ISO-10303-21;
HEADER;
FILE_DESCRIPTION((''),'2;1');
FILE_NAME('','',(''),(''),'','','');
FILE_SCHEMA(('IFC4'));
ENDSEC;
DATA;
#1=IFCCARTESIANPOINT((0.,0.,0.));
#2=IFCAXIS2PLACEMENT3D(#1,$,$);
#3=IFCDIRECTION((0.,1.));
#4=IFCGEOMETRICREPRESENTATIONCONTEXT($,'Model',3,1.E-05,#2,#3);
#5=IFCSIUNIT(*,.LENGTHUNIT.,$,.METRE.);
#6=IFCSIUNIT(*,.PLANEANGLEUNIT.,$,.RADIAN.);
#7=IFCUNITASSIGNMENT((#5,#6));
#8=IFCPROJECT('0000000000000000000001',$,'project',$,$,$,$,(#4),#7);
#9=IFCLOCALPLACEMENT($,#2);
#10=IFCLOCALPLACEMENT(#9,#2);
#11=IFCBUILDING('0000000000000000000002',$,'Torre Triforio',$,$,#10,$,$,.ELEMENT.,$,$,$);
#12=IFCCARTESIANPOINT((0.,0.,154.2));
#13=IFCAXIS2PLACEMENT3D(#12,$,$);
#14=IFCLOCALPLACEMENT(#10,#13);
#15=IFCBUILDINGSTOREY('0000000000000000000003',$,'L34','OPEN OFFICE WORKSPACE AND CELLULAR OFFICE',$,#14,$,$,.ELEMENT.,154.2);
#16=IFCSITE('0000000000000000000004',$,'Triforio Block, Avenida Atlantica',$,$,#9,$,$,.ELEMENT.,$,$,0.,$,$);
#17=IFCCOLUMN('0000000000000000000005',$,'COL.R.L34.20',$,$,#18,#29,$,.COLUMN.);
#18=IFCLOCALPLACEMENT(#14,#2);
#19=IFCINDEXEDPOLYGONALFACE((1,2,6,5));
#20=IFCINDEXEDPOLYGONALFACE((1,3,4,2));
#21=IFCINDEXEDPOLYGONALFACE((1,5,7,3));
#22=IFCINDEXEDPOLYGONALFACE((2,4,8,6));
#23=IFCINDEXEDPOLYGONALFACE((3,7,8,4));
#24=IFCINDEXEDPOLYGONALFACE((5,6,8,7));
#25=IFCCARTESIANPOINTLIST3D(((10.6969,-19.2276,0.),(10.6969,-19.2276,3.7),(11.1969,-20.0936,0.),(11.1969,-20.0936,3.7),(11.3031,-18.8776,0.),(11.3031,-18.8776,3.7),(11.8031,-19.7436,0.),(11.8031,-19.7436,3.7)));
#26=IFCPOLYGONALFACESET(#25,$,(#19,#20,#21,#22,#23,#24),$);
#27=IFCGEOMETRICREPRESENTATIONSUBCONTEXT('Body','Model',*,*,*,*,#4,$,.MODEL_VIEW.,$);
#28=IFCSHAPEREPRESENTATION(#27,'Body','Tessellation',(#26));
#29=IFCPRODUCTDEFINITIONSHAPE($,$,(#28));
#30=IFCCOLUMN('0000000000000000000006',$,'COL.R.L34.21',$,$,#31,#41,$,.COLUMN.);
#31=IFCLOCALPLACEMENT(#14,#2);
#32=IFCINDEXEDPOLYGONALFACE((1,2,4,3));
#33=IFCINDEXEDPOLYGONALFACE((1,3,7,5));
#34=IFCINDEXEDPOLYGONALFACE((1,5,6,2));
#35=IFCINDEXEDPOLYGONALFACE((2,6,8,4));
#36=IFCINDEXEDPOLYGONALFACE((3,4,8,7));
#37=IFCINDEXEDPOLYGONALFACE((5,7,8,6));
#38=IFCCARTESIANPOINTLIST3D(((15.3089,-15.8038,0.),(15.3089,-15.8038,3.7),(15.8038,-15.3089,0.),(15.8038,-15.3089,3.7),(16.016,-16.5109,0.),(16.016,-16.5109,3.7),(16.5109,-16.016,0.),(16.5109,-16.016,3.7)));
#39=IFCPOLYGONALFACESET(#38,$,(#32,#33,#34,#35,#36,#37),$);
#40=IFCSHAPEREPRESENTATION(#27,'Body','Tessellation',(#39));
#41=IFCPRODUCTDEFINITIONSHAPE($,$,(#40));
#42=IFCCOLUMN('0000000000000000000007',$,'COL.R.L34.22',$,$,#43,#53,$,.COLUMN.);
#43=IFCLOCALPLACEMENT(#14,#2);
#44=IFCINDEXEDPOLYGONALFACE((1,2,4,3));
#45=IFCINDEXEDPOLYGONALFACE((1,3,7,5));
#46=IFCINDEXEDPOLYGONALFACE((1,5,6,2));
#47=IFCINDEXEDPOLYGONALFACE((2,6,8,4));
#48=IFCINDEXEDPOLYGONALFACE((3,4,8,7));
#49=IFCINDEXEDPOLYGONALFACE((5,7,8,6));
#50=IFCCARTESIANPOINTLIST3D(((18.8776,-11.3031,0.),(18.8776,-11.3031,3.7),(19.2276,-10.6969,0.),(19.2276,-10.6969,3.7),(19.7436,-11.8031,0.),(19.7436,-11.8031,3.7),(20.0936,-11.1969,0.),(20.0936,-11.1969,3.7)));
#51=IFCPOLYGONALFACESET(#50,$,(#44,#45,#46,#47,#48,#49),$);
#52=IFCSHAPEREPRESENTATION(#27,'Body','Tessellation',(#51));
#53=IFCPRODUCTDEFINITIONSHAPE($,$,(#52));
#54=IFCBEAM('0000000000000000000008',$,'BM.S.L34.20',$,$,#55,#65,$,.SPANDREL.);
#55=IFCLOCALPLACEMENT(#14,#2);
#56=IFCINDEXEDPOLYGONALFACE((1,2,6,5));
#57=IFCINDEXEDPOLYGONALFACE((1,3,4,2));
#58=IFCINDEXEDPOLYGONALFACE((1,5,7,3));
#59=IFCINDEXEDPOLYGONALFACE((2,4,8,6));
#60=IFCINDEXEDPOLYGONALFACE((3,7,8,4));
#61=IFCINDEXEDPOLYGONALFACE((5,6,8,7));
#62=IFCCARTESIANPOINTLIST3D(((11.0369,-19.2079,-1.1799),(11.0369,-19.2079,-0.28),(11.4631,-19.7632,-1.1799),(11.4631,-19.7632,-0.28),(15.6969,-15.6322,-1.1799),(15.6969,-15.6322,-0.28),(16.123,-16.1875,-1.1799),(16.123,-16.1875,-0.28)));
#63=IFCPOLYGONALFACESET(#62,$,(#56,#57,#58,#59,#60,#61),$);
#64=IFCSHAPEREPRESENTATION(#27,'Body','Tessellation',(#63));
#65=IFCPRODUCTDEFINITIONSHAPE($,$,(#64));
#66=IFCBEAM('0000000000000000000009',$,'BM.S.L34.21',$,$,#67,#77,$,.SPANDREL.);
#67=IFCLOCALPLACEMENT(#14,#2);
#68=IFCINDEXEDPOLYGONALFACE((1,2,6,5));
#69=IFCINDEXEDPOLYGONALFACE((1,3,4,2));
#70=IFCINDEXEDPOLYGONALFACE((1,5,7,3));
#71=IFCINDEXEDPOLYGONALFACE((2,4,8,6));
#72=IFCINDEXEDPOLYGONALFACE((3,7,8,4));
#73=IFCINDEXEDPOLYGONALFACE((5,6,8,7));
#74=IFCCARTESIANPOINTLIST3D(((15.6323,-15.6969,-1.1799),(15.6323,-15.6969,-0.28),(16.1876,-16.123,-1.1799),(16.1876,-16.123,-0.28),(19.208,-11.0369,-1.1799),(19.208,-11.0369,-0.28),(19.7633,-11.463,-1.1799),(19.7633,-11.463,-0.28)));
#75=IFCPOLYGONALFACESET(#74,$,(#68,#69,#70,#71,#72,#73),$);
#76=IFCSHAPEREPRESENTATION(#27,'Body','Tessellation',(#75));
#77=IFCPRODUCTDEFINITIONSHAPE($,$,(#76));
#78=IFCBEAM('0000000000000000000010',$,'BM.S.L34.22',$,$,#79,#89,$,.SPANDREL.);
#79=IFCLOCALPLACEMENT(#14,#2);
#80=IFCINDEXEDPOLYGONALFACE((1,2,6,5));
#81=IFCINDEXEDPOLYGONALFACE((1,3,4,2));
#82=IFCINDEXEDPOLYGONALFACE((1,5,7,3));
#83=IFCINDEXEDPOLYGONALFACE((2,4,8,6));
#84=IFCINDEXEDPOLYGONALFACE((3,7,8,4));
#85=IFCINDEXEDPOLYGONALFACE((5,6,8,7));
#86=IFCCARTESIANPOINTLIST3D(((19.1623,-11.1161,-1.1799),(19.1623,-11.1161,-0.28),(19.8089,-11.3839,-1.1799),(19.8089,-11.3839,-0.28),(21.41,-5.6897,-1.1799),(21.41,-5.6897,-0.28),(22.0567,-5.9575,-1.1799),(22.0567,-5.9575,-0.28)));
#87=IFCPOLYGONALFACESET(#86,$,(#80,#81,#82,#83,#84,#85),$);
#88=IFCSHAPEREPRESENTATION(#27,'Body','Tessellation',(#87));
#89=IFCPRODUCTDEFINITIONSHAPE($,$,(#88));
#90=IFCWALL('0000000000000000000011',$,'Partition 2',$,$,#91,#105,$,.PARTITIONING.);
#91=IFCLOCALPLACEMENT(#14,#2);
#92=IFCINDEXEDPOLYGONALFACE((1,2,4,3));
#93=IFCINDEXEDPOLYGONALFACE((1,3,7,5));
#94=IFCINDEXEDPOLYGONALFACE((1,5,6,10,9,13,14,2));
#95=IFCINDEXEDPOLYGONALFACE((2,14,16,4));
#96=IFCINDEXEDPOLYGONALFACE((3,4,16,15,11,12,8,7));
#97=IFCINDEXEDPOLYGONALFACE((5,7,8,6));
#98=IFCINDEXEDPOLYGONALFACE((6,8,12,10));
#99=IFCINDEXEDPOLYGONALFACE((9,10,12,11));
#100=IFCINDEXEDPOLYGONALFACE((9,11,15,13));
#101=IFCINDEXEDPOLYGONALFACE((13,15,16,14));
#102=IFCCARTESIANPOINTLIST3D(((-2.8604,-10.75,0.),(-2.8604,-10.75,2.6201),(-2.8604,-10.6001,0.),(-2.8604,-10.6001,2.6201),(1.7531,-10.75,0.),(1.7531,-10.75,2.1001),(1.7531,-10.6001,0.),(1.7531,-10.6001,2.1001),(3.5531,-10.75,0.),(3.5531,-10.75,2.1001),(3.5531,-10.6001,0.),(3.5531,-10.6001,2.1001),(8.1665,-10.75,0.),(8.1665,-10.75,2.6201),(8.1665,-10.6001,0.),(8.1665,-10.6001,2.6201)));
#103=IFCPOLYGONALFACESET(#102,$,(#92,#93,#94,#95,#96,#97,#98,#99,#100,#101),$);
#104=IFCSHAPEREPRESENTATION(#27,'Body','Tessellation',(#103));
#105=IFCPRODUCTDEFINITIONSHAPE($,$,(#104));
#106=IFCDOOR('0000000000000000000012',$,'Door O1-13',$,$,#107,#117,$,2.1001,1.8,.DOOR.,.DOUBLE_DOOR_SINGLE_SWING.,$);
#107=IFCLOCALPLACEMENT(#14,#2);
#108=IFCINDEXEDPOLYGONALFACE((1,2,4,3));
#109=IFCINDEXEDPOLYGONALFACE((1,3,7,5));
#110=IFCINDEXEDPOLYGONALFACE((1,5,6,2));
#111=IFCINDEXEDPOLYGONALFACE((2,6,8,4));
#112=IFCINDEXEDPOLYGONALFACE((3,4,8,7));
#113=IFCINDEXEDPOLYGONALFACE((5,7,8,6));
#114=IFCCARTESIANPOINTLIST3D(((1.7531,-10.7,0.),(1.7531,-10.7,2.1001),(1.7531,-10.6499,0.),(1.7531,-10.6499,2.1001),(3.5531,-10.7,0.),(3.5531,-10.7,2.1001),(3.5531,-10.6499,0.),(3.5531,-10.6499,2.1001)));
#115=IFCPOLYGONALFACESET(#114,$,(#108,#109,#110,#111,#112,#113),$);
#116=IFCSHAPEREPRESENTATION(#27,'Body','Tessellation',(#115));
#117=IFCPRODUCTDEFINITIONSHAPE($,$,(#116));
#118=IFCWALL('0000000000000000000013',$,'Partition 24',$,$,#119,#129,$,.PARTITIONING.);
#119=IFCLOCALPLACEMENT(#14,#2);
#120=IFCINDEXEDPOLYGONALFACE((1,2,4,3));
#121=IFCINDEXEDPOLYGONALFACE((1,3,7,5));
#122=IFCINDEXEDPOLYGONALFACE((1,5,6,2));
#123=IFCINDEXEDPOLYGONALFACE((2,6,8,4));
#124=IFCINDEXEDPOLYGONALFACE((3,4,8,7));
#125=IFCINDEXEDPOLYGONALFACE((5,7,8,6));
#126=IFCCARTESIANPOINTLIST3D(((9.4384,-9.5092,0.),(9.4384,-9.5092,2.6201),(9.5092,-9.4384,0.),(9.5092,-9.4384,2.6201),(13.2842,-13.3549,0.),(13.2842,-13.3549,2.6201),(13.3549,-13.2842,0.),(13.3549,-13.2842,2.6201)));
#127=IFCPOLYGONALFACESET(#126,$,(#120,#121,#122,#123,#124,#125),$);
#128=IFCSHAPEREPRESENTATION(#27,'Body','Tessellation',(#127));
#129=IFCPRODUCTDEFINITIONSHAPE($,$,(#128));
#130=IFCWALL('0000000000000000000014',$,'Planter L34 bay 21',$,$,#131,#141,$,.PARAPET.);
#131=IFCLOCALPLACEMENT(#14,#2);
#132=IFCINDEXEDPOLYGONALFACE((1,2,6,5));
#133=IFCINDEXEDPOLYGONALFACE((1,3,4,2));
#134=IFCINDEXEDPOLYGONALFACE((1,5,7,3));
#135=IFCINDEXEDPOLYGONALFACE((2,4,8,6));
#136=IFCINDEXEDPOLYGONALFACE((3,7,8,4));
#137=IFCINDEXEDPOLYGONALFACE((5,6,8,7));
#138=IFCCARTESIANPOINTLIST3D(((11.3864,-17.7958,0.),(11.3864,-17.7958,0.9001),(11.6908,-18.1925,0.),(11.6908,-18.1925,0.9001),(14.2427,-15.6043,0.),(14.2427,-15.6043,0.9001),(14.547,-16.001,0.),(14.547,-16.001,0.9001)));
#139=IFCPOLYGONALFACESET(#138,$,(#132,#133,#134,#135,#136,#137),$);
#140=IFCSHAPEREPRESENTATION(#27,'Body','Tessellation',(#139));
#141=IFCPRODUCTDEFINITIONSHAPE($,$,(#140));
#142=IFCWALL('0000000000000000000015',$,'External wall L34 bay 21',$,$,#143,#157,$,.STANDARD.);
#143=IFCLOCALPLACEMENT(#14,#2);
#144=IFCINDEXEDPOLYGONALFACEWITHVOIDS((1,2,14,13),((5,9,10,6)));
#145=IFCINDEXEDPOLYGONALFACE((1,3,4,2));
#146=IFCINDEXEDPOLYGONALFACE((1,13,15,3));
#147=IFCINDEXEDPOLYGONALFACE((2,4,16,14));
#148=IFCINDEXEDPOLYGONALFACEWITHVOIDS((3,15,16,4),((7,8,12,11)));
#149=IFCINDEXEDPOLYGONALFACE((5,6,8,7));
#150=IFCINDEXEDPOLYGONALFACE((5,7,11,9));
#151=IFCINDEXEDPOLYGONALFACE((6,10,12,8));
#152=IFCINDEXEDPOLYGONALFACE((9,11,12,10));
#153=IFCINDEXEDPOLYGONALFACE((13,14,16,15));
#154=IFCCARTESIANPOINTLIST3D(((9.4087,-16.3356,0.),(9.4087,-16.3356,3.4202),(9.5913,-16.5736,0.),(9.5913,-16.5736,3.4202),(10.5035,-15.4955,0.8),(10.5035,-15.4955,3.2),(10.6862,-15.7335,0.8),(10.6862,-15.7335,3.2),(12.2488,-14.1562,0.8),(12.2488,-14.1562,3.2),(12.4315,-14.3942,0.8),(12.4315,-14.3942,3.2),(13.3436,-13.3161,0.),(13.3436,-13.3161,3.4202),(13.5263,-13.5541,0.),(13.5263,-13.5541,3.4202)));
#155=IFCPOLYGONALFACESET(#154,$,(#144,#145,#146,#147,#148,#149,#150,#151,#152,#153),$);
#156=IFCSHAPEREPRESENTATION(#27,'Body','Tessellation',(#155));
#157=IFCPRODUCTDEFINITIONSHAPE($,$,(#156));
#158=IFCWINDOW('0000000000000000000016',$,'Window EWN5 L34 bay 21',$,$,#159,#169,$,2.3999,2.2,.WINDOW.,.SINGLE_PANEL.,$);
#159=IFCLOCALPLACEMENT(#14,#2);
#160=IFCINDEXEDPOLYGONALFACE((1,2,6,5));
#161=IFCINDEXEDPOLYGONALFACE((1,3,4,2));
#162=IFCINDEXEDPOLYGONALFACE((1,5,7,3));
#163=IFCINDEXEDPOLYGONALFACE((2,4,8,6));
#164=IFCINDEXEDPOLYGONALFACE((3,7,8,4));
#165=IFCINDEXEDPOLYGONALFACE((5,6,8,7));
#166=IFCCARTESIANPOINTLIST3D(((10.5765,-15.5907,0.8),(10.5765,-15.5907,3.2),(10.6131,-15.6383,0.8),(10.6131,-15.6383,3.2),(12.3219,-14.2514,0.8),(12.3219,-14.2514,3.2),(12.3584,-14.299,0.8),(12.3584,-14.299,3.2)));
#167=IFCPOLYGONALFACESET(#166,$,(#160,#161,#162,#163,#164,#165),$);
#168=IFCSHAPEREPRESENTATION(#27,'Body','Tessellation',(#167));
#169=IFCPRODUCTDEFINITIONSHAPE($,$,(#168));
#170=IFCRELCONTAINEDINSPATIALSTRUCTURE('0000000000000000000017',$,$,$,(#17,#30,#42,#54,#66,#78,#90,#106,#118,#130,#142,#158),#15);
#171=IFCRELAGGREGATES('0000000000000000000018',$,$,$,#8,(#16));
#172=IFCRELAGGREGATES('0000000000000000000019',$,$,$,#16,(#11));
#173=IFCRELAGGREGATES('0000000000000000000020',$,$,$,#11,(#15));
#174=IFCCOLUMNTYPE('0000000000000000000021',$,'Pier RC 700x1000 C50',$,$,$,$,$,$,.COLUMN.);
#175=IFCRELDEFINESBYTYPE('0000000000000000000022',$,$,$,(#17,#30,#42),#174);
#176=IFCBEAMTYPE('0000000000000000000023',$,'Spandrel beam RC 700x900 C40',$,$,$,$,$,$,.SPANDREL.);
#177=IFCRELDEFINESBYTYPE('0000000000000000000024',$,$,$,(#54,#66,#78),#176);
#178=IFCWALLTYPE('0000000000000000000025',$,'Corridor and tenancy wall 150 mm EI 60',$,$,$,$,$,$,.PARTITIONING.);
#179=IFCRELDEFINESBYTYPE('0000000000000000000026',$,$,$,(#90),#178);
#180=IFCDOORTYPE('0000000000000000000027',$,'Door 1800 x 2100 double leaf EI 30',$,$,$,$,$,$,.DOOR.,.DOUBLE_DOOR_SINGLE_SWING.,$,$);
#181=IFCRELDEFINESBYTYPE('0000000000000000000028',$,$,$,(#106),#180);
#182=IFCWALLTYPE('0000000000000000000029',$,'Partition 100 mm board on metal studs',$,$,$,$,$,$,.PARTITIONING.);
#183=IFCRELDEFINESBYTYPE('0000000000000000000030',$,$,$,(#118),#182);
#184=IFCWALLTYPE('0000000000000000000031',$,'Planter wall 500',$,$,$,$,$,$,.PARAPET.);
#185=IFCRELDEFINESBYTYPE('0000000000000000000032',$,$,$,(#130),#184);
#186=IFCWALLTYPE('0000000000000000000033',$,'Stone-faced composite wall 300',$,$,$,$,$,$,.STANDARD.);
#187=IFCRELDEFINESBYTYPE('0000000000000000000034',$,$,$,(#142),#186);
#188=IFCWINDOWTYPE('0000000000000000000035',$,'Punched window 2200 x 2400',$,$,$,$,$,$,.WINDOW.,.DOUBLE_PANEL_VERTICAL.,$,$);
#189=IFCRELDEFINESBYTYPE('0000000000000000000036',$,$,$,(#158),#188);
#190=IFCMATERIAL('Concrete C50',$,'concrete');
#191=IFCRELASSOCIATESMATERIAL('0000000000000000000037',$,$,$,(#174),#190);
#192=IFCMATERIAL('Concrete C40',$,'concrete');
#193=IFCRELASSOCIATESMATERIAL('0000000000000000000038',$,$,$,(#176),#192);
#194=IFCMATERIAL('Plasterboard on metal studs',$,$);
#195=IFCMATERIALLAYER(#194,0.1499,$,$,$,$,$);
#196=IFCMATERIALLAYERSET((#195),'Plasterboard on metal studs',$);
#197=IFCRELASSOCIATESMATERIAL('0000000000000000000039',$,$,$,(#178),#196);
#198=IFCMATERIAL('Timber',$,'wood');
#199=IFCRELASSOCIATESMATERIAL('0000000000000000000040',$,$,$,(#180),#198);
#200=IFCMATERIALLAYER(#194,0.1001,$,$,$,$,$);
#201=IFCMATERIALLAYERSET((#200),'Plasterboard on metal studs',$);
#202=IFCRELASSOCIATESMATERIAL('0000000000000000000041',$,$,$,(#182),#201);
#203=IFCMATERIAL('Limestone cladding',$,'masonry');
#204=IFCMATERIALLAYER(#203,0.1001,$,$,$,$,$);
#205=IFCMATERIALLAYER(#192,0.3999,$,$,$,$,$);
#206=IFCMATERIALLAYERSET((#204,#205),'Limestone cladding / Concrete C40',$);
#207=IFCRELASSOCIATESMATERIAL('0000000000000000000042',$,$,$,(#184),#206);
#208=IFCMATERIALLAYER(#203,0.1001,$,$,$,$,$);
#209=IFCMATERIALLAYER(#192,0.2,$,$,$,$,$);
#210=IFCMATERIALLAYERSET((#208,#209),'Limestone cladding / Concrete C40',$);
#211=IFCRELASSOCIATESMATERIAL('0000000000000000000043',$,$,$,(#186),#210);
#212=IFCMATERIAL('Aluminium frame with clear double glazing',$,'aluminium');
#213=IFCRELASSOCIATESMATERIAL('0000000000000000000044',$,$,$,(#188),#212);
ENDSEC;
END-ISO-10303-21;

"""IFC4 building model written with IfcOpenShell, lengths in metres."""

from ifc_helpers import new_model, si_unit, direction, frame, frame_2d, origin, origin_2d, place, context, subcontext, project, spatial, rectangle, extrude, material, layer, layer_set, material_profile, profile_set, type_object, element, fill, save


model = new_model("IFC4")

# Units and contexts
model_context = context("Model", 3, precision=1e-05, world=origin(), true_north=direction((0.0, 1.0)))
body_context = subcontext(model_context, "Body", "Model", "MODEL_VIEW")
ifc_project = project(units=[si_unit("LENGTHUNIT", "METRE"), si_unit("PLANEANGLEUNIT", "RADIAN")], contexts=[model_context])

# Site, building, storey
site_placement = place(None, origin())
site = spatial("IfcSite", under=ifc_project, at=site_placement, Name="Triforio Block, Avenida Atlantica", CompositionType="ELEMENT", RefElevation=0.0)
building_placement = place(site_placement, origin())
building = spatial("IfcBuilding", under=site, at=building_placement, Name="Torre Triforio", CompositionType="ELEMENT")
storey_placement = place(building_placement, frame((0.0, 0.0, 154.2)))
storey = spatial("IfcBuildingStorey", under=building, at=storey_placement, Name="L34", Description="OPEN OFFICE WORKSPACE AND CELLULAR OFFICE", CompositionType="ELEMENT", Elevation=154.2)

# Columns
ifc_material_1 = material(Name="Concrete C50", Category="concrete")
ifc_material_profile_1 = material_profile(ifc_material_1, rectangle(XDim=0.7, YDim=1.0, at=origin_2d()), Name="RC 700x1000")
ifc_profile_set_1 = profile_set([ifc_material_profile_1], Name="Concrete C50")
column_type = type_object("IfcColumnType", Name="Pier RC 700x1000 C50", PredefinedType="COLUMN", material=ifc_profile_set_1)
for number, where, z_axis, x_axis, name in (
    (1, (11.25, -19.4856, 0.0), (0.0, 0.0, 1.0), (0.866025, 0.5, 0.0), "COL.R.L34.20"),
    (2, (15.9099, -15.9099, 0.0), (0.0, 0.0, 1.0), (0.707107, 0.707107, 0.0), "COL.R.L34.21"),
    (3, (19.4856, -11.25, 0.0), (0.0, 0.0, 1.0), (0.5, 0.866025, 0.0), "COL.R.L34.22"),
):
    element("IfcColumn", number, at=place(storey_placement, frame(where, z_axis=z_axis, x_axis=x_axis)), inside=storey, type_object=column_type, Name=name, PredefinedType="COLUMN", context=body_context, shape_type="SweptSolid", body=[
        extrude(rectangle(XDim=0.7, YDim=1.0, at=origin_2d()), origin(), (0.0, 0.0, 1.0), 3.7),
    ])

# Beams
ifc_material_2 = material(Name="Concrete C40", Category="concrete")
ifc_material_profile_2 = material_profile(ifc_material_2, rectangle(XDim=0.7, YDim=0.8999, at=origin_2d()), Name="RC 700x900")
ifc_profile_set_2 = profile_set([ifc_material_profile_2], Name="Concrete C40")
beam_type = type_object("IfcBeamType", Name="Spandrel beam RC 700x900 C40", PredefinedType="SPANDREL", material=ifc_profile_set_2)
for number, where, z_axis, x_axis, name in (
    (4, (11.25, -19.4856, -0.73), (0.793353, 0.608762, 0.0), (-0.608762, 0.793353, 0.0), "BM.S.L34.20"),
    (5, (15.9099, -15.9099, -0.73), (0.608762, 0.793353, 0.0), (-0.793353, 0.608762, 0.0), "BM.S.L34.21"),
):
    element("IfcBeam", number, at=place(storey_placement, frame(where, z_axis=z_axis, x_axis=x_axis)), inside=storey, type_object=beam_type, Name=name, PredefinedType="SPANDREL", context=body_context, shape_type="SweptSolid", body=[
        extrude(rectangle(XDim=0.7, YDim=0.8999, at=origin_2d()), origin(), (0.0, 0.0, 1.0), 5.8738),
    ])
beam_placement = place(storey_placement, frame((19.4856, -11.25, -0.73), z_axis=(0.382693, 0.923875, 0.0), x_axis=(-0.923875, 0.382693, 0.0)))
element("IfcBeam", 6, at=beam_placement, inside=storey, type_object=beam_type, Name="BM.S.L34.22", PredefinedType="SPANDREL", context=body_context, shape_type="SweptSolid", body=[
    extrude(rectangle(XDim=0.7, YDim=0.8999, at=origin_2d()), origin(), (0.0, 0.0, 1.0), 5.8735),
])

# Wall, opening, door
ifc_material_3 = material(Name="Plasterboard on metal studs")
ifc_layer_1 = layer(ifc_material_3, 0.1499)
ifc_layer_set_1 = layer_set([ifc_layer_1], Name="Plasterboard on metal studs")
wall_type_1 = type_object("IfcWallType", Name="Corridor and tenancy wall 150 mm EI 60", PredefinedType="PARTITIONING", material=ifc_layer_set_1)
wall_1_placement = place(storey_placement, frame((8.1665, -10.675, 0.0), z_axis=(0.0, 0.0, 1.0), x_axis=(-1.0, 0.0, 0.0)))
wall_1 = element("IfcWall", 7, at=wall_1_placement, inside=storey, type_object=wall_type_1, Name="Partition 2", PredefinedType="PARTITIONING", context=body_context, shape_type="SweptSolid", body=[
    extrude(rectangle(XDim=11.0269, YDim=0.1499, at=frame_2d((5.5134, 0.0))), origin(), (0.0, 0.0, 1.0), 2.6201),
])
opening_1_placement = place(wall_1_placement, frame((4.6135, 0.0, 0.0)))
opening_1 = element("IfcOpeningElement", 8, at=opening_1_placement, cuts=wall_1, PredefinedType="OPENING", context=body_context, shape_type="SweptSolid", body=[
    extrude(rectangle(XDim=1.8, YDim=2.1001, at=frame_2d((0.8999, 1.05))), frame((0.0, 0.085, 0.0), z_axis=(0.0, -1.0, 0.0), x_axis=(1.0, 0.0, 0.0)), (0.0, 0.0, 1.0), 0.1699),
])
ifc_material_4 = material(Name="Timber", Category="wood")
door_type_1 = type_object("IfcDoorType", Name="Door 1800 x 2100 double leaf EI 30", OperationType="DOUBLE_DOOR_SINGLE_SWING", PredefinedType="DOOR", material=ifc_material_4)
door_1_placement = place(opening_1_placement, origin())
door_1 = element("IfcDoor", 9, at=door_1_placement, inside=storey, type_object=door_type_1, Name="Door O1-13", OperationType="DOUBLE_DOOR_SINGLE_SWING", OverallHeight=2.1001, OverallWidth=1.8, PredefinedType="DOOR", context=body_context, shape_type="SweptSolid", body=[
    extrude(rectangle(XDim=1.8, YDim=2.1001, at=frame_2d((0.8999, 1.05))), frame((0.0, 0.0249, 0.0), z_axis=(0.0, -1.0, 0.0), x_axis=(1.0, 0.0, 0.0)), (0.0, 0.0, 1.0), 0.05),
])
fill(opening_1, door_1)

# Walls
ifc_layer_2 = layer(ifc_material_3, 0.1001)
ifc_layer_set_2 = layer_set([ifc_layer_2], Name="Plasterboard on metal studs")
wall_type_2 = type_object("IfcWallType", Name="Partition 100 mm board on metal studs", PredefinedType="PARTITIONING", material=ifc_layer_set_2)
wall_2_placement = place(storey_placement, frame((9.4739, -9.4739, 0.0), z_axis=(0.0, 0.0, 1.0), x_axis=(0.707107, -0.707107, 0.0)))
element("IfcWall", 10, at=wall_2_placement, inside=storey, type_object=wall_type_2, Name="Partition 24", PredefinedType="PARTITIONING", context=body_context, shape_type="SweptSolid", body=[
    extrude(rectangle(XDim=5.4387, YDim=0.1001, at=frame_2d((2.7192, 0.0))), origin(), (0.0, 0.0, 1.0), 2.6201),
])
ifc_material_5 = material(Name="Limestone cladding", Category="masonry")
ifc_layer_3 = layer(ifc_material_5, 0.1001)
ifc_layer_4 = layer(ifc_material_2, 0.3999)
ifc_layer_set_3 = layer_set([ifc_layer_3, ifc_layer_4], Name="Limestone cladding / Concrete C40")
wall_type_3 = type_object("IfcWallType", Name="Planter wall 500", PredefinedType="PARAPET", material=ifc_layer_set_3)
wall_3_placement = place(storey_placement, frame((11.5386, -17.9941, 0.0), z_axis=(0.0, 0.0, 1.0), x_axis=(0.793385, 0.608721, 0.0)))
element("IfcWall", 11, at=wall_3_placement, inside=storey, type_object=wall_type_3, Name="Planter L34 bay 21", PredefinedType="PARAPET", context=body_context, shape_type="SweptSolid", body=[
    extrude(rectangle(XDim=3.6001, YDim=0.5, at=frame_2d((1.8, 0.0))), origin(), (0.0, 0.0, 1.0), 0.9001),
])

# Wall, opening, window
ifc_layer_5 = layer(ifc_material_5, 0.1001)
ifc_layer_6 = layer(ifc_material_2, 0.2)
ifc_layer_set_4 = layer_set([ifc_layer_5, ifc_layer_6], Name="Limestone cladding / Concrete C40")
wall_type_4 = type_object("IfcWallType", Name="Stone-faced composite wall 300", PredefinedType="STANDARD", material=ifc_layer_set_4)
wall_4_placement = place(storey_placement, frame((9.5, -16.4546, 0.0), z_axis=(0.0, 0.0, 1.0), x_axis=(0.793348, 0.608768, 0.0)))
wall_4 = element("IfcWall", 12, at=wall_4_placement, inside=storey, type_object=wall_type_4, Name="External wall L34 bay 21", PredefinedType="STANDARD", context=body_context, shape_type="SweptSolid", body=[
    extrude(rectangle(XDim=4.96, YDim=0.3, at=frame_2d((2.48, 0.0))), origin(), (0.0, 0.0, 1.0), 3.4202),
])
opening_2_placement = place(wall_4_placement, frame((1.3799, 0.0, 0.8)))
opening_2 = element("IfcOpeningElement", 13, at=opening_2_placement, cuts=wall_4, PredefinedType="OPENING", context=body_context, shape_type="SweptSolid", body=[
    extrude(rectangle(XDim=2.2, YDim=2.3999, at=frame_2d((1.1001, 1.2))), frame((0.0, 0.1599, 0.0), z_axis=(0.0, -1.0, 0.0), x_axis=(1.0, 0.0, 0.0)), (0.0, 0.0, 1.0), 0.3201),
])
ifc_material_6 = material(Name="Aluminium frame with clear double glazing", Category="aluminium")
window_type_1 = type_object("IfcWindowType", Name="Punched window 2200 x 2400", PartitioningType="DOUBLE_PANEL_VERTICAL", PredefinedType="WINDOW", material=ifc_material_6)
window_1_placement = place(opening_2_placement, origin())
window_1 = element("IfcWindow", 14, at=window_1_placement, inside=storey, type_object=window_type_1, Name="Window EWN5 L34 bay 21", OverallHeight=2.3999, OverallWidth=2.2, PartitioningType="SINGLE_PANEL", PredefinedType="WINDOW", context=body_context, shape_type="SweptSolid", body=[
    extrude(rectangle(XDim=2.2, YDim=2.3999, at=frame_2d((1.1001, 1.2))), frame((0.0, 0.03, 0.0), z_axis=(0.0, -1.0, 0.0), x_axis=(1.0, 0.0, 0.0)), (0.0, 0.0, 1.0), 0.0601),
])
fill(opening_2, window_1)

save(model, "model.ifc")
